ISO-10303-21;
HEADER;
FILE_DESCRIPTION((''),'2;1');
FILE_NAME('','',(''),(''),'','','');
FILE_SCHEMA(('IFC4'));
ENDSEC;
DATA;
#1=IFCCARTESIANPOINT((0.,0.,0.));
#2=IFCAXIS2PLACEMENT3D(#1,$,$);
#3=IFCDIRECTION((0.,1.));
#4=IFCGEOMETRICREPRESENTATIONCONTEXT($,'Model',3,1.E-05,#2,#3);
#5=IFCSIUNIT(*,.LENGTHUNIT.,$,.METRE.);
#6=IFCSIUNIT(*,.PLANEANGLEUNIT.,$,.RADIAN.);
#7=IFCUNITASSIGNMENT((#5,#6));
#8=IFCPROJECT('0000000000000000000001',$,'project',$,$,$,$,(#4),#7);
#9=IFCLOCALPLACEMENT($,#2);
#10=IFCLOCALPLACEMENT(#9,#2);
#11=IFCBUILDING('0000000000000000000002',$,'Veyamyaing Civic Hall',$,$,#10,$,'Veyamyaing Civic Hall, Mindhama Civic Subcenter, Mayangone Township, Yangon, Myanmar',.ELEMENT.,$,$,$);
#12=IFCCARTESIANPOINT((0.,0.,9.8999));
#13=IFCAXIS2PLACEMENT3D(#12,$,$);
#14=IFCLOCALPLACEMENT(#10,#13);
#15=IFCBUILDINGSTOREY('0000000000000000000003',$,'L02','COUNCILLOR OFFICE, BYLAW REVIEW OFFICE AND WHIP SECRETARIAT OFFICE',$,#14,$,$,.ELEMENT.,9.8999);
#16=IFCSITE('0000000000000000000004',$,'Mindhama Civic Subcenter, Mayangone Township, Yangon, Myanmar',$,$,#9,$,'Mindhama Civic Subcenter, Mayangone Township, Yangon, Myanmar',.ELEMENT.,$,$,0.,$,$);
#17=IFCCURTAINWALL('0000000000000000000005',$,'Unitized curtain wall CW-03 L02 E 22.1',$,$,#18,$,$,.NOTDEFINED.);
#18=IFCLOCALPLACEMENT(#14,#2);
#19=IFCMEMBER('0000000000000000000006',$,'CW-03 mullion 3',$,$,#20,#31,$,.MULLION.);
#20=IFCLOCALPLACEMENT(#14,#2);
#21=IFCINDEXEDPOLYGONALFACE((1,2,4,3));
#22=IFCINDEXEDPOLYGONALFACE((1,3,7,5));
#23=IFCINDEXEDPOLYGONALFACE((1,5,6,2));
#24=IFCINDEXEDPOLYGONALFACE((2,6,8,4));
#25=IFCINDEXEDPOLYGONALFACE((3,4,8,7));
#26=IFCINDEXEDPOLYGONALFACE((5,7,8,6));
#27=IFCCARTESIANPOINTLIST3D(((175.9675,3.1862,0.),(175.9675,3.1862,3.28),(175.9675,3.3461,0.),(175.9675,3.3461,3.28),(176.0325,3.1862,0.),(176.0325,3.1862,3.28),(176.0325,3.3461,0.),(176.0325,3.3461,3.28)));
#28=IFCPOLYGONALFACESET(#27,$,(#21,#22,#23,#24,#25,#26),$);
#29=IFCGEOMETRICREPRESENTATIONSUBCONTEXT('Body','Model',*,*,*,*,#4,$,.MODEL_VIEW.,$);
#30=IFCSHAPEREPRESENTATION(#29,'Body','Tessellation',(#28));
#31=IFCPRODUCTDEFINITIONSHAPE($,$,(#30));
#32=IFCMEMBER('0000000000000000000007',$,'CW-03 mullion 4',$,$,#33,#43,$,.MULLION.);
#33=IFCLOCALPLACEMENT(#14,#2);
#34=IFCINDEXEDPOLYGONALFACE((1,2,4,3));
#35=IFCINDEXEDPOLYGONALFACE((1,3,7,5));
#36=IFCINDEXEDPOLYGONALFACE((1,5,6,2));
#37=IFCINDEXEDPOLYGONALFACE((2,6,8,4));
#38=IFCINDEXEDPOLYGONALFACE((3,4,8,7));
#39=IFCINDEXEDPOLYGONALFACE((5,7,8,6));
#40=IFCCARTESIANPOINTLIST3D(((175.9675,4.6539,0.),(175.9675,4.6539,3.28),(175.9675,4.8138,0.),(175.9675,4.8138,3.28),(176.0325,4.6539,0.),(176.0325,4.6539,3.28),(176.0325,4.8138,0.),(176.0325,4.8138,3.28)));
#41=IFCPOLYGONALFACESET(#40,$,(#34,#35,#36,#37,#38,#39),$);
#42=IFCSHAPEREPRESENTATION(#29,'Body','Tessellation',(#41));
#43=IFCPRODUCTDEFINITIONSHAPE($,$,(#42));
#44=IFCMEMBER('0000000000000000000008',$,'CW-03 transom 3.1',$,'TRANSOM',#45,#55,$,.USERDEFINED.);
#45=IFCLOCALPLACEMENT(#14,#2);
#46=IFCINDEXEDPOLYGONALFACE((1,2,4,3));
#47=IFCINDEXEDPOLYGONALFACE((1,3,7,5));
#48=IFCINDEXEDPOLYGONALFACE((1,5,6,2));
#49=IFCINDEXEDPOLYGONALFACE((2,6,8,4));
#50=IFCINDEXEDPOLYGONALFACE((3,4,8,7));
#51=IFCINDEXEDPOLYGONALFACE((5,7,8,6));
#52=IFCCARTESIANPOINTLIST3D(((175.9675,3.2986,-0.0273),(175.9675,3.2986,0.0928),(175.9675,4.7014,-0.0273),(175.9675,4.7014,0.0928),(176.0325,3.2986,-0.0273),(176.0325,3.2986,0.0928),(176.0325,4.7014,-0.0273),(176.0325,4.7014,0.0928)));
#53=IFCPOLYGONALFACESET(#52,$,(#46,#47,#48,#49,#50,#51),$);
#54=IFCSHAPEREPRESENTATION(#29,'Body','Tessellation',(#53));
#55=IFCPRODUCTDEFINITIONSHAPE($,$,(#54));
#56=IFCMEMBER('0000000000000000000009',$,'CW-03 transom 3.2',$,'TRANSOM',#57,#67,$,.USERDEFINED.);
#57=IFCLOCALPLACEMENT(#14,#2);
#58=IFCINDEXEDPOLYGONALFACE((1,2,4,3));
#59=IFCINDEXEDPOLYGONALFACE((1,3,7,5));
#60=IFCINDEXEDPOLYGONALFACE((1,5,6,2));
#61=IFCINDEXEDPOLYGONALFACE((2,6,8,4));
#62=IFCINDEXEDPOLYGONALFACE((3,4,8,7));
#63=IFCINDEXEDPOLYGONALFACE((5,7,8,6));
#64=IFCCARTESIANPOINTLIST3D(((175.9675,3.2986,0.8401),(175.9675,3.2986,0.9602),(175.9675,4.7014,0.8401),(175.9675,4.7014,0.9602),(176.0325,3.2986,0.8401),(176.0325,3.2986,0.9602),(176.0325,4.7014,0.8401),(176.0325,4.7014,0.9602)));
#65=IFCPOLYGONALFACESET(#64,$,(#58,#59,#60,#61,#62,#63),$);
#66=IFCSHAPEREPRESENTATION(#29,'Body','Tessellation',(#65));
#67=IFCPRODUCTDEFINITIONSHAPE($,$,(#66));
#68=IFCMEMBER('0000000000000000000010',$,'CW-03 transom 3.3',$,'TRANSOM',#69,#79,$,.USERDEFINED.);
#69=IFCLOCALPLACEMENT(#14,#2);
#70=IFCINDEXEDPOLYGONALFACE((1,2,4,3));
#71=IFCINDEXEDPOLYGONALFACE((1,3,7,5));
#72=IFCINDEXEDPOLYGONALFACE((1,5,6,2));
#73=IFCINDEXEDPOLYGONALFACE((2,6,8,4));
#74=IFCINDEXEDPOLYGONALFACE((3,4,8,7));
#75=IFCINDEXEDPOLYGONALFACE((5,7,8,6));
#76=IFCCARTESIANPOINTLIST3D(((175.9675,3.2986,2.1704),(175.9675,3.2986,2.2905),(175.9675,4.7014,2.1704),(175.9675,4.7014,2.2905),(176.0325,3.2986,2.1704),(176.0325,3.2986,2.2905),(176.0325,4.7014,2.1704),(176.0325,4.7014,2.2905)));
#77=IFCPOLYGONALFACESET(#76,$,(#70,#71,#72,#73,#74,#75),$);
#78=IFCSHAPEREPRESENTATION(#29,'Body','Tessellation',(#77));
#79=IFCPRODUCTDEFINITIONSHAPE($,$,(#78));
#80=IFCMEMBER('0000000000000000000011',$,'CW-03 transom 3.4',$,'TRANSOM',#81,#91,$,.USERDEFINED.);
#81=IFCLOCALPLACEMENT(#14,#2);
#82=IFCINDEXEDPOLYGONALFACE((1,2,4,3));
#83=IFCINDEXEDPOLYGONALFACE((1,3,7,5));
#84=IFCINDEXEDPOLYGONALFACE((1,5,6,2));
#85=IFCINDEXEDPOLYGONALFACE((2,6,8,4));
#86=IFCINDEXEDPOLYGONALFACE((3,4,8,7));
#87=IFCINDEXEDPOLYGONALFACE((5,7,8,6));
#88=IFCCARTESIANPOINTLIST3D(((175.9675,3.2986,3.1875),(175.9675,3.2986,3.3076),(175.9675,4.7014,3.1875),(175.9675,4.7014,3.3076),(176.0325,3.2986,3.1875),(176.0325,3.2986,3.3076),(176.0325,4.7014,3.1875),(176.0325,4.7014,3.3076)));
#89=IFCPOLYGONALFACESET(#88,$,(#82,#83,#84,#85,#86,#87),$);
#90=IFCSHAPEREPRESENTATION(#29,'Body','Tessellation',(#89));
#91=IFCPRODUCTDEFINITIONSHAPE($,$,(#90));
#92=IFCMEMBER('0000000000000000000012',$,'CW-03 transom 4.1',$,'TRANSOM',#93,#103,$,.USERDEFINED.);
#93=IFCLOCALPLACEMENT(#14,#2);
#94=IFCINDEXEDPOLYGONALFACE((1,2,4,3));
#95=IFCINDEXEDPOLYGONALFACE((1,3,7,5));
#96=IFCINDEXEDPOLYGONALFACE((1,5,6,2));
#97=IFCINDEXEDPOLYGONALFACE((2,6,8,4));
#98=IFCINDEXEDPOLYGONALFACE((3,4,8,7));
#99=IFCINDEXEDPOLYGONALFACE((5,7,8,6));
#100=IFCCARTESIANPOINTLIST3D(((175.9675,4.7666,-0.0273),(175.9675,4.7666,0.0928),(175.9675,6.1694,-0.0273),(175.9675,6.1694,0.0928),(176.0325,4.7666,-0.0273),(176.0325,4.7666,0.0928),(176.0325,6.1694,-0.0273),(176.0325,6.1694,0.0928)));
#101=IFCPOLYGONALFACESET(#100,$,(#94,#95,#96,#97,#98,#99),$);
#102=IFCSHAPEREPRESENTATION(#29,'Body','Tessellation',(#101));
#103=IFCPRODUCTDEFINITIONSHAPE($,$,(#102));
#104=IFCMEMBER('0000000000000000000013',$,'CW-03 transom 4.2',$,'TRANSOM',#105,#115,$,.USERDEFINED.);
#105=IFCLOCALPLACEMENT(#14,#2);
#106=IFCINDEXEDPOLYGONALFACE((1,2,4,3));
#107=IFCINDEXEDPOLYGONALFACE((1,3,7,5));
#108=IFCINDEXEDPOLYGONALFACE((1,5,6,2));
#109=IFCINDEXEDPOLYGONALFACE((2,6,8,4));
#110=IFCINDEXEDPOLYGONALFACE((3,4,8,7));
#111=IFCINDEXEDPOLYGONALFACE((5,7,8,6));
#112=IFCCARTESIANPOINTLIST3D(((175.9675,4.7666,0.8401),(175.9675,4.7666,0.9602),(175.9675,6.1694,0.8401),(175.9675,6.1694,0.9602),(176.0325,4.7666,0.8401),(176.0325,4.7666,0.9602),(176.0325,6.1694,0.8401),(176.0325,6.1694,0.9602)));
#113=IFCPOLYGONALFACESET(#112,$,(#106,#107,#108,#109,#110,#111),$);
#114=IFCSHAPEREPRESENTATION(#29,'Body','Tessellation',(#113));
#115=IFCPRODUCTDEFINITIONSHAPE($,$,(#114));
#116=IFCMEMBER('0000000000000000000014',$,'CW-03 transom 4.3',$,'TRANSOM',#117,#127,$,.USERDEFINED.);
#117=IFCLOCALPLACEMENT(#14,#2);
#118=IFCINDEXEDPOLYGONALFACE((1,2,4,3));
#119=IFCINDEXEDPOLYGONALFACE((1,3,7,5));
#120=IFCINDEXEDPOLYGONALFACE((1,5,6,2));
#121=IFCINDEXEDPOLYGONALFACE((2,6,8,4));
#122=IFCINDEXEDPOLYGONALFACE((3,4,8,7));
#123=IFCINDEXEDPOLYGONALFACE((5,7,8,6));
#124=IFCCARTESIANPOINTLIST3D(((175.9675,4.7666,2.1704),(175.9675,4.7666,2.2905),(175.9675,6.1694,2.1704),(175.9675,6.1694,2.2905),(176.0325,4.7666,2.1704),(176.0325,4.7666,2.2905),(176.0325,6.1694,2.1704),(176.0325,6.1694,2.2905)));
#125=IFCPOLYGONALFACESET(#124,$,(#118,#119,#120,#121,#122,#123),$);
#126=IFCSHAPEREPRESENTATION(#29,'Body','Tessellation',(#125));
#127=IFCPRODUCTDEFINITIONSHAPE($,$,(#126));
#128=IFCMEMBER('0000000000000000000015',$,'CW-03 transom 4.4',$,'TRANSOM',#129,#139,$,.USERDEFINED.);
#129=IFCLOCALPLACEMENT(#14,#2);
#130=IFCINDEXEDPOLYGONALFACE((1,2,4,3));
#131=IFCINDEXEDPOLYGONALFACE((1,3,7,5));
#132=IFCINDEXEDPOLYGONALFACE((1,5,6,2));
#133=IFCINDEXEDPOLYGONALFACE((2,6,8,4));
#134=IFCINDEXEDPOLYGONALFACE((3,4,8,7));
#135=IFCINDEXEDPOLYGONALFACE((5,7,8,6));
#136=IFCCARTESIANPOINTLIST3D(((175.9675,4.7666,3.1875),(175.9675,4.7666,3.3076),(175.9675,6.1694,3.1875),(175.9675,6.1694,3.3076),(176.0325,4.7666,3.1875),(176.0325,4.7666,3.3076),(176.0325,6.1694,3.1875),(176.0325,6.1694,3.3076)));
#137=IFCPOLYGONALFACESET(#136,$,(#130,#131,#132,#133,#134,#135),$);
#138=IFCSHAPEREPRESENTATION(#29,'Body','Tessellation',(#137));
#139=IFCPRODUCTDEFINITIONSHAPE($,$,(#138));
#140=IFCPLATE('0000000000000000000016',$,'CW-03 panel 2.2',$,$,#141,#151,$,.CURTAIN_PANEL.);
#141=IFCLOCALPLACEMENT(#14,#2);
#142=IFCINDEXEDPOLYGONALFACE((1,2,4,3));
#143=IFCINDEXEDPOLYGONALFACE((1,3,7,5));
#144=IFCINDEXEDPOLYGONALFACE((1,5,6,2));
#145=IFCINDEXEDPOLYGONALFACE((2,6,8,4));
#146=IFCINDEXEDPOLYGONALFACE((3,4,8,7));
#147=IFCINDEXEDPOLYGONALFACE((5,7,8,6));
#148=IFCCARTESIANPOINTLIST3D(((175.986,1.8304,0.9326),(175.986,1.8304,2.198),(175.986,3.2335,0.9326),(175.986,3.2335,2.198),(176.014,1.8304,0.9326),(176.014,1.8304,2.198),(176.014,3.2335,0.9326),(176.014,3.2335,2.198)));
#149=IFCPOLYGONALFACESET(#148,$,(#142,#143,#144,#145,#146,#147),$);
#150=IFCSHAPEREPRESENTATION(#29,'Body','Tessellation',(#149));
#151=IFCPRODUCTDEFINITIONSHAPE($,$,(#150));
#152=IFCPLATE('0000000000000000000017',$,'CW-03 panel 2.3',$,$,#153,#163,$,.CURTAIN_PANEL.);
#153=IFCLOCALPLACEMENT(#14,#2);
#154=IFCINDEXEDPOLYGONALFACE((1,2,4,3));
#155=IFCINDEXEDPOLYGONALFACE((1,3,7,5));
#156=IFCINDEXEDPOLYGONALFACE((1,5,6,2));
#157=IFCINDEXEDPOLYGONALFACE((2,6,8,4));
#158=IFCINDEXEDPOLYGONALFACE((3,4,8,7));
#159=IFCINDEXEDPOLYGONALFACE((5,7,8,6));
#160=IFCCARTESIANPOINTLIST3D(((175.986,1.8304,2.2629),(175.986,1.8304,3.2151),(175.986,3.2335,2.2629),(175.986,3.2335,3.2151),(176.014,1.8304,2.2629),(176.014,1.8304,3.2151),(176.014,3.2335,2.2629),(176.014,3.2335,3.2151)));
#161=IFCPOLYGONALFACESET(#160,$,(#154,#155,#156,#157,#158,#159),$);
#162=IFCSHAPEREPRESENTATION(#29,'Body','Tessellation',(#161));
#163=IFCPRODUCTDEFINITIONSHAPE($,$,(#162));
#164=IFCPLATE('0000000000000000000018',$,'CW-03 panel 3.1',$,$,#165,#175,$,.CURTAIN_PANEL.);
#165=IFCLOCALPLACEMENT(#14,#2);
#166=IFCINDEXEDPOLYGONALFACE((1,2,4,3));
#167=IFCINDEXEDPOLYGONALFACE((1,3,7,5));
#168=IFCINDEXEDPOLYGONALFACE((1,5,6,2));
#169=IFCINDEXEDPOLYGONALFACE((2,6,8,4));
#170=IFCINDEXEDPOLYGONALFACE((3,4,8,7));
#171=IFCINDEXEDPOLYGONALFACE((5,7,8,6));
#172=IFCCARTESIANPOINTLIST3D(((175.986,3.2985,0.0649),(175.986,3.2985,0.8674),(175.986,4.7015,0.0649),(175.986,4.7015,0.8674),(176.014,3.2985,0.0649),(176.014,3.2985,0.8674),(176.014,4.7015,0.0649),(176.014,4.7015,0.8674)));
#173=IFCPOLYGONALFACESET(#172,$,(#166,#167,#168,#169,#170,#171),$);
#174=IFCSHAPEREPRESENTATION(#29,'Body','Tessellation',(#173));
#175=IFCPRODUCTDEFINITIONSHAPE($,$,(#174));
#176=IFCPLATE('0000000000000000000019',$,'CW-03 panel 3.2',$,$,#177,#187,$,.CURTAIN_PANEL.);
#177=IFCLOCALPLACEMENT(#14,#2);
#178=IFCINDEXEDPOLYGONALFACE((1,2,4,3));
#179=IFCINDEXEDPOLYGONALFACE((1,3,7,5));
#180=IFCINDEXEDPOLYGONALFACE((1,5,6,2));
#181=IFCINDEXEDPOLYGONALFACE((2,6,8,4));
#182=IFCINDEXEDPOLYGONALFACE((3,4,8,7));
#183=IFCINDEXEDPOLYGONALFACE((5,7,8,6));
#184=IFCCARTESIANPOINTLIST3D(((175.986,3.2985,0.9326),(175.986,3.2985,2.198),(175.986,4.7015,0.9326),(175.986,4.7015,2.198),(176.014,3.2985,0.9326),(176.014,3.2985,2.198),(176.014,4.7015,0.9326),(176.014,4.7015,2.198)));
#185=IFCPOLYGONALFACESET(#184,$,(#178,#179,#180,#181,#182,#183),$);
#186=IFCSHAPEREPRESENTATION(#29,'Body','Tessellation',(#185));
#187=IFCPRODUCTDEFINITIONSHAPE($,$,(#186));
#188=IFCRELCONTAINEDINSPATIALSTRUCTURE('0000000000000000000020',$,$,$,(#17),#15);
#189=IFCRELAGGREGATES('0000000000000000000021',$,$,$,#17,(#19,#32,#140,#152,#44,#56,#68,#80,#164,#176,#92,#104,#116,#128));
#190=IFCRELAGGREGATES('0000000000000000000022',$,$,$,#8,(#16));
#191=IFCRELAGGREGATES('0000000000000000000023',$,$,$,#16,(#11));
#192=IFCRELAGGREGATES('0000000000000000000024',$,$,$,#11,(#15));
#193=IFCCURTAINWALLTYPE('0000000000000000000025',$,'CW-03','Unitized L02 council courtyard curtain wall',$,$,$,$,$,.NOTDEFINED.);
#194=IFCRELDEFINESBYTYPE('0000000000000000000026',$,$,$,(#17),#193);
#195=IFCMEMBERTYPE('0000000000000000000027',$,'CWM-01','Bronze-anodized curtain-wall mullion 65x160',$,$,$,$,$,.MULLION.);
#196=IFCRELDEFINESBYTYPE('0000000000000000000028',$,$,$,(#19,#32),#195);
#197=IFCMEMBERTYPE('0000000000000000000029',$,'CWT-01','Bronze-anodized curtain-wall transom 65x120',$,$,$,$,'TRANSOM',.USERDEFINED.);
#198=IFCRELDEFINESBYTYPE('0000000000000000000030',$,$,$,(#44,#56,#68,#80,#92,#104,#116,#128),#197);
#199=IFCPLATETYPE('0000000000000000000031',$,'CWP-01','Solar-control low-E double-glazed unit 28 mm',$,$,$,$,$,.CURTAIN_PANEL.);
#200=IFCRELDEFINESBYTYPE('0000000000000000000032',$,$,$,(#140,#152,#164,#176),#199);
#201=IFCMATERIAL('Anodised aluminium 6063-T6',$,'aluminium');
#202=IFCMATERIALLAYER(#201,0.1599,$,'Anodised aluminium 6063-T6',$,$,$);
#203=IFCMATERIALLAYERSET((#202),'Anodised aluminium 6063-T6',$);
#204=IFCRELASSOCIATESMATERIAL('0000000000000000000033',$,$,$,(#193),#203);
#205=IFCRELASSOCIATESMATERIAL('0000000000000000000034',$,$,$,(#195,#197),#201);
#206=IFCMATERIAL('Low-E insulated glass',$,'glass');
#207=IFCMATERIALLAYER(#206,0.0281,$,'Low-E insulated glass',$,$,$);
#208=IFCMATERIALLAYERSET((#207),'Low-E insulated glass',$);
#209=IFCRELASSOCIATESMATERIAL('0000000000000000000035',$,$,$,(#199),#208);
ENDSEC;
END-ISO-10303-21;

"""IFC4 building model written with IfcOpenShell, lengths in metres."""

from ifc_helpers import new_model, si_unit, direction, frame, origin, origin_2d, place, context, subcontext, project, spatial, rectangle, extrude, material, layer, layer_set, material_profile, profile_set, type_object, element, aggregate, save


model = new_model("IFC4")

# Units and contexts
model_context = context("Model", 3, precision=1e-05, world=origin(), true_north=direction((0.0, 1.0)))
body_context = subcontext(model_context, "Body", "Model", "MODEL_VIEW")
ifc_project = project(units=[si_unit("LENGTHUNIT", "METRE"), si_unit("PLANEANGLEUNIT", "RADIAN")], contexts=[model_context])

# Site, building, storey
site_placement = place(None, origin())
site = spatial("IfcSite", under=ifc_project, at=site_placement, Name="Mindhama Civic Subcenter, Mayangone Township, Yangon, Myanmar", LongName="Mindhama Civic Subcenter, Mayangone Township, Yangon, Myanmar", CompositionType="ELEMENT", RefElevation=0.0)
building_placement = place(site_placement, origin())
building = spatial("IfcBuilding", under=site, at=building_placement, Name="Veyamyaing Civic Hall", LongName="Veyamyaing Civic Hall, Mindhama Civic Subcenter, Mayangone Township, Yangon, Myanmar", CompositionType="ELEMENT")
storey_placement = place(building_placement, frame((0.0, 0.0, 9.8999)))
storey = spatial("IfcBuildingStorey", under=building, at=storey_placement, Name="L02", Description="COUNCILLOR OFFICE, BYLAW REVIEW OFFICE AND WHIP SECRETARIAT OFFICE", CompositionType="ELEMENT", Elevation=9.8999)

# Curtain wall, members, plates
ifc_material_1 = material(Name="Anodised aluminium 6063-T6", Category="aluminium")
ifc_layer_1 = layer(ifc_material_1, 0.1599, Name="Anodised aluminium 6063-T6")
ifc_layer_set_1 = layer_set([ifc_layer_1], Name="Anodised aluminium 6063-T6")
curtain_wall_type = type_object("IfcCurtainWallType", Name="CW-03", Description="Unitized L02 council courtyard curtain wall", PredefinedType="NOTDEFINED", material=ifc_layer_set_1)
curtain_wall_placement = place(storey_placement, origin())
curtain_wall = element("IfcCurtainWall", 1, at=curtain_wall_placement, inside=storey, type_object=curtain_wall_type, Name="Unitized curtain wall CW-03 L02 E 22.1", PredefinedType="NOTDEFINED")
ifc_material_profile_1 = material_profile(ifc_material_1, rectangle(XDim=0.0649, YDim=0.1599, at=origin_2d()), Name="ALU-MUL-65X160")
ifc_profile_set_1 = profile_set([ifc_material_profile_1], Name="Anodised aluminium 6063-T6")
member_type_1 = type_object("IfcMemberType", Name="CWM-01", Description="Bronze-anodized curtain-wall mullion 65x160", PredefinedType="MULLION", material=ifc_profile_set_1)
member_1_placement = place(storey_placement, frame((176.0, 3.2661, 0.0), z_axis=(0.0, 0.0, 1.0), x_axis=(-1.0, 0.0, 0.0)))
member_1 = element("IfcMember", 2, at=member_1_placement, type_object=member_type_1, Name="CW-03 mullion 3", PredefinedType="MULLION", context=body_context, shape_type="SweptSolid", body=[
    extrude(rectangle(XDim=0.0649, YDim=0.1599, at=origin_2d()), origin(), (0.0, 0.0, 1.0), 3.28),
])
member_2_placement = place(storey_placement, frame((176.0, 4.7339, 0.0), z_axis=(0.0, 0.0, 1.0), x_axis=(-1.0, 0.0, 0.0)))
member_2 = element("IfcMember", 3, at=member_2_placement, type_object=member_type_1, Name="CW-03 mullion 4", PredefinedType="MULLION", context=body_context, shape_type="SweptSolid", body=[
    extrude(rectangle(XDim=0.0649, YDim=0.1599, at=origin_2d()), origin(), (0.0, 0.0, 1.0), 3.28),
])
ifc_material_profile_2 = material_profile(ifc_material_1, rectangle(XDim=0.0649, YDim=0.1201, at=origin_2d()), Name="ALU-TRN-65X120")
ifc_profile_set_2 = profile_set([ifc_material_profile_2], Name="Anodised aluminium 6063-T6")
member_type_2 = type_object("IfcMemberType", Name="CWT-01", Description="Bronze-anodized curtain-wall transom 65x120", ElementType="TRANSOM", PredefinedType="USERDEFINED", material=ifc_profile_set_2)
member_3_placement = place(storey_placement, frame((176.0, 3.2986, 0.0327), z_axis=(0.0, 1.0, 0.0), x_axis=(-1.0, 0.0, 0.0)))
member_3 = element("IfcMember", 4, at=member_3_placement, type_object=member_type_2, Name="CW-03 transom 3.1", ObjectType="TRANSOM", PredefinedType="USERDEFINED", context=body_context, shape_type="SweptSolid", body=[
    extrude(rectangle(XDim=0.0649, YDim=0.1201, at=origin_2d()), origin(), (0.0, 0.0, 1.0), 1.4028),
])
member_4_placement = place(storey_placement, frame((176.0, 3.2986, 0.9001), z_axis=(0.0, 1.0, 0.0), x_axis=(-1.0, 0.0, 0.0)))
member_4 = element("IfcMember", 5, at=member_4_placement, type_object=member_type_2, Name="CW-03 transom 3.2", ObjectType="TRANSOM", PredefinedType="USERDEFINED", context=body_context, shape_type="SweptSolid", body=[
    extrude(rectangle(XDim=0.0649, YDim=0.1201, at=origin_2d()), origin(), (0.0, 0.0, 1.0), 1.4028),
])
member_5_placement = place(storey_placement, frame((176.0, 3.2986, 2.2305), z_axis=(0.0, 1.0, 0.0), x_axis=(-1.0, 0.0, 0.0)))
member_5 = element("IfcMember", 6, at=member_5_placement, type_object=member_type_2, Name="CW-03 transom 3.3", ObjectType="TRANSOM", PredefinedType="USERDEFINED", context=body_context, shape_type="SweptSolid", body=[
    extrude(rectangle(XDim=0.0649, YDim=0.1201, at=origin_2d()), origin(), (0.0, 0.0, 1.0), 1.4028),
])
member_6_placement = place(storey_placement, frame((176.0, 3.2986, 3.2476), z_axis=(0.0, 1.0, 0.0), x_axis=(-1.0, 0.0, 0.0)))
member_6 = element("IfcMember", 7, at=member_6_placement, type_object=member_type_2, Name="CW-03 transom 3.4", ObjectType="TRANSOM", PredefinedType="USERDEFINED", context=body_context, shape_type="SweptSolid", body=[
    extrude(rectangle(XDim=0.0649, YDim=0.1201, at=origin_2d()), origin(), (0.0, 0.0, 1.0), 1.4028),
])
member_7_placement = place(storey_placement, frame((176.0, 4.7666, 0.0327), z_axis=(0.0, 1.0, 0.0), x_axis=(-1.0, 0.0, 0.0)))
member_7 = element("IfcMember", 8, at=member_7_placement, type_object=member_type_2, Name="CW-03 transom 4.1", ObjectType="TRANSOM", PredefinedType="USERDEFINED", context=body_context, shape_type="SweptSolid", body=[
    extrude(rectangle(XDim=0.0649, YDim=0.1201, at=origin_2d()), origin(), (0.0, 0.0, 1.0), 1.4028),
])
member_8_placement = place(storey_placement, frame((176.0, 4.7666, 0.9001), z_axis=(0.0, 1.0, 0.0), x_axis=(-1.0, 0.0, 0.0)))
member_8 = element("IfcMember", 9, at=member_8_placement, type_object=member_type_2, Name="CW-03 transom 4.2", ObjectType="TRANSOM", PredefinedType="USERDEFINED", context=body_context, shape_type="SweptSolid", body=[
    extrude(rectangle(XDim=0.0649, YDim=0.1201, at=origin_2d()), origin(), (0.0, 0.0, 1.0), 1.4028),
])
member_9_placement = place(storey_placement, frame((176.0, 4.7666, 2.2305), z_axis=(0.0, 1.0, 0.0), x_axis=(-1.0, 0.0, 0.0)))
member_9 = element("IfcMember", 10, at=member_9_placement, type_object=member_type_2, Name="CW-03 transom 4.3", ObjectType="TRANSOM", PredefinedType="USERDEFINED", context=body_context, shape_type="SweptSolid", body=[
    extrude(rectangle(XDim=0.0649, YDim=0.1201, at=origin_2d()), origin(), (0.0, 0.0, 1.0), 1.4028),
])
member_10_placement = place(storey_placement, frame((176.0, 4.7666, 3.2476), z_axis=(0.0, 1.0, 0.0), x_axis=(-1.0, 0.0, 0.0)))
member_10 = element("IfcMember", 11, at=member_10_placement, type_object=member_type_2, Name="CW-03 transom 4.4", ObjectType="TRANSOM", PredefinedType="USERDEFINED", context=body_context, shape_type="SweptSolid", body=[
    extrude(rectangle(XDim=0.0649, YDim=0.1201, at=origin_2d()), origin(), (0.0, 0.0, 1.0), 1.4028),
])
ifc_material_2 = material(Name="Low-E insulated glass", Category="glass")
ifc_layer_2 = layer(ifc_material_2, 0.0281, Name="Low-E insulated glass")
ifc_layer_set_2 = layer_set([ifc_layer_2], Name="Low-E insulated glass")
plate_type = type_object("IfcPlateType", Name="CWP-01", Description="Solar-control low-E double-glazed unit 28 mm", PredefinedType="CURTAIN_PANEL", material=ifc_layer_set_2)
plate_1_placement = place(storey_placement, frame((176.0, 2.532, 0.9326), z_axis=(0.0, 0.0, 1.0), x_axis=(0.0, 1.0, 0.0)))
plate_1 = element("IfcPlate", 12, at=plate_1_placement, type_object=plate_type, Name="CW-03 panel 2.2", PredefinedType="CURTAIN_PANEL", context=body_context, shape_type="SweptSolid", body=[
    extrude(rectangle(XDim=1.4031, YDim=0.0281, at=origin_2d()), origin(), (0.0, 0.0, 1.0), 1.2654),
])
plate_2_placement = place(storey_placement, frame((176.0, 2.532, 2.2629), z_axis=(0.0, 0.0, 1.0), x_axis=(0.0, 1.0, 0.0)))
plate_2 = element("IfcPlate", 13, at=plate_2_placement, type_object=plate_type, Name="CW-03 panel 2.3", PredefinedType="CURTAIN_PANEL", context=body_context, shape_type="SweptSolid", body=[
    extrude(rectangle(XDim=1.4031, YDim=0.0281, at=origin_2d()), origin(), (0.0, 0.0, 1.0), 0.9521),
])
plate_3_placement = place(storey_placement, frame((176.0, 4.0, 0.0649), z_axis=(0.0, 0.0, 1.0), x_axis=(0.0, 1.0, 0.0)))
plate_3 = element("IfcPlate", 14, at=plate_3_placement, type_object=plate_type, Name="CW-03 panel 3.1", PredefinedType="CURTAIN_PANEL", context=body_context, shape_type="SweptSolid", body=[
    extrude(rectangle(XDim=1.4031, YDim=0.0281, at=origin_2d()), origin(), (0.0, 0.0, 1.0), 0.8025),
])
plate_4_placement = place(storey_placement, frame((176.0, 4.0, 0.9326), z_axis=(0.0, 0.0, 1.0), x_axis=(0.0, 1.0, 0.0)))
plate_4 = element("IfcPlate", 15, at=plate_4_placement, type_object=plate_type, Name="CW-03 panel 3.2", PredefinedType="CURTAIN_PANEL", context=body_context, shape_type="SweptSolid", body=[
    extrude(rectangle(XDim=1.4031, YDim=0.0281, at=origin_2d()), origin(), (0.0, 0.0, 1.0), 1.2654),
])
aggregate(curtain_wall, [member_1, member_2, plate_1, plate_2, member_3, member_4, member_5, member_6, plate_3, plate_4, member_7, member_8, member_9, member_10])

save(model, "model.ifc")
